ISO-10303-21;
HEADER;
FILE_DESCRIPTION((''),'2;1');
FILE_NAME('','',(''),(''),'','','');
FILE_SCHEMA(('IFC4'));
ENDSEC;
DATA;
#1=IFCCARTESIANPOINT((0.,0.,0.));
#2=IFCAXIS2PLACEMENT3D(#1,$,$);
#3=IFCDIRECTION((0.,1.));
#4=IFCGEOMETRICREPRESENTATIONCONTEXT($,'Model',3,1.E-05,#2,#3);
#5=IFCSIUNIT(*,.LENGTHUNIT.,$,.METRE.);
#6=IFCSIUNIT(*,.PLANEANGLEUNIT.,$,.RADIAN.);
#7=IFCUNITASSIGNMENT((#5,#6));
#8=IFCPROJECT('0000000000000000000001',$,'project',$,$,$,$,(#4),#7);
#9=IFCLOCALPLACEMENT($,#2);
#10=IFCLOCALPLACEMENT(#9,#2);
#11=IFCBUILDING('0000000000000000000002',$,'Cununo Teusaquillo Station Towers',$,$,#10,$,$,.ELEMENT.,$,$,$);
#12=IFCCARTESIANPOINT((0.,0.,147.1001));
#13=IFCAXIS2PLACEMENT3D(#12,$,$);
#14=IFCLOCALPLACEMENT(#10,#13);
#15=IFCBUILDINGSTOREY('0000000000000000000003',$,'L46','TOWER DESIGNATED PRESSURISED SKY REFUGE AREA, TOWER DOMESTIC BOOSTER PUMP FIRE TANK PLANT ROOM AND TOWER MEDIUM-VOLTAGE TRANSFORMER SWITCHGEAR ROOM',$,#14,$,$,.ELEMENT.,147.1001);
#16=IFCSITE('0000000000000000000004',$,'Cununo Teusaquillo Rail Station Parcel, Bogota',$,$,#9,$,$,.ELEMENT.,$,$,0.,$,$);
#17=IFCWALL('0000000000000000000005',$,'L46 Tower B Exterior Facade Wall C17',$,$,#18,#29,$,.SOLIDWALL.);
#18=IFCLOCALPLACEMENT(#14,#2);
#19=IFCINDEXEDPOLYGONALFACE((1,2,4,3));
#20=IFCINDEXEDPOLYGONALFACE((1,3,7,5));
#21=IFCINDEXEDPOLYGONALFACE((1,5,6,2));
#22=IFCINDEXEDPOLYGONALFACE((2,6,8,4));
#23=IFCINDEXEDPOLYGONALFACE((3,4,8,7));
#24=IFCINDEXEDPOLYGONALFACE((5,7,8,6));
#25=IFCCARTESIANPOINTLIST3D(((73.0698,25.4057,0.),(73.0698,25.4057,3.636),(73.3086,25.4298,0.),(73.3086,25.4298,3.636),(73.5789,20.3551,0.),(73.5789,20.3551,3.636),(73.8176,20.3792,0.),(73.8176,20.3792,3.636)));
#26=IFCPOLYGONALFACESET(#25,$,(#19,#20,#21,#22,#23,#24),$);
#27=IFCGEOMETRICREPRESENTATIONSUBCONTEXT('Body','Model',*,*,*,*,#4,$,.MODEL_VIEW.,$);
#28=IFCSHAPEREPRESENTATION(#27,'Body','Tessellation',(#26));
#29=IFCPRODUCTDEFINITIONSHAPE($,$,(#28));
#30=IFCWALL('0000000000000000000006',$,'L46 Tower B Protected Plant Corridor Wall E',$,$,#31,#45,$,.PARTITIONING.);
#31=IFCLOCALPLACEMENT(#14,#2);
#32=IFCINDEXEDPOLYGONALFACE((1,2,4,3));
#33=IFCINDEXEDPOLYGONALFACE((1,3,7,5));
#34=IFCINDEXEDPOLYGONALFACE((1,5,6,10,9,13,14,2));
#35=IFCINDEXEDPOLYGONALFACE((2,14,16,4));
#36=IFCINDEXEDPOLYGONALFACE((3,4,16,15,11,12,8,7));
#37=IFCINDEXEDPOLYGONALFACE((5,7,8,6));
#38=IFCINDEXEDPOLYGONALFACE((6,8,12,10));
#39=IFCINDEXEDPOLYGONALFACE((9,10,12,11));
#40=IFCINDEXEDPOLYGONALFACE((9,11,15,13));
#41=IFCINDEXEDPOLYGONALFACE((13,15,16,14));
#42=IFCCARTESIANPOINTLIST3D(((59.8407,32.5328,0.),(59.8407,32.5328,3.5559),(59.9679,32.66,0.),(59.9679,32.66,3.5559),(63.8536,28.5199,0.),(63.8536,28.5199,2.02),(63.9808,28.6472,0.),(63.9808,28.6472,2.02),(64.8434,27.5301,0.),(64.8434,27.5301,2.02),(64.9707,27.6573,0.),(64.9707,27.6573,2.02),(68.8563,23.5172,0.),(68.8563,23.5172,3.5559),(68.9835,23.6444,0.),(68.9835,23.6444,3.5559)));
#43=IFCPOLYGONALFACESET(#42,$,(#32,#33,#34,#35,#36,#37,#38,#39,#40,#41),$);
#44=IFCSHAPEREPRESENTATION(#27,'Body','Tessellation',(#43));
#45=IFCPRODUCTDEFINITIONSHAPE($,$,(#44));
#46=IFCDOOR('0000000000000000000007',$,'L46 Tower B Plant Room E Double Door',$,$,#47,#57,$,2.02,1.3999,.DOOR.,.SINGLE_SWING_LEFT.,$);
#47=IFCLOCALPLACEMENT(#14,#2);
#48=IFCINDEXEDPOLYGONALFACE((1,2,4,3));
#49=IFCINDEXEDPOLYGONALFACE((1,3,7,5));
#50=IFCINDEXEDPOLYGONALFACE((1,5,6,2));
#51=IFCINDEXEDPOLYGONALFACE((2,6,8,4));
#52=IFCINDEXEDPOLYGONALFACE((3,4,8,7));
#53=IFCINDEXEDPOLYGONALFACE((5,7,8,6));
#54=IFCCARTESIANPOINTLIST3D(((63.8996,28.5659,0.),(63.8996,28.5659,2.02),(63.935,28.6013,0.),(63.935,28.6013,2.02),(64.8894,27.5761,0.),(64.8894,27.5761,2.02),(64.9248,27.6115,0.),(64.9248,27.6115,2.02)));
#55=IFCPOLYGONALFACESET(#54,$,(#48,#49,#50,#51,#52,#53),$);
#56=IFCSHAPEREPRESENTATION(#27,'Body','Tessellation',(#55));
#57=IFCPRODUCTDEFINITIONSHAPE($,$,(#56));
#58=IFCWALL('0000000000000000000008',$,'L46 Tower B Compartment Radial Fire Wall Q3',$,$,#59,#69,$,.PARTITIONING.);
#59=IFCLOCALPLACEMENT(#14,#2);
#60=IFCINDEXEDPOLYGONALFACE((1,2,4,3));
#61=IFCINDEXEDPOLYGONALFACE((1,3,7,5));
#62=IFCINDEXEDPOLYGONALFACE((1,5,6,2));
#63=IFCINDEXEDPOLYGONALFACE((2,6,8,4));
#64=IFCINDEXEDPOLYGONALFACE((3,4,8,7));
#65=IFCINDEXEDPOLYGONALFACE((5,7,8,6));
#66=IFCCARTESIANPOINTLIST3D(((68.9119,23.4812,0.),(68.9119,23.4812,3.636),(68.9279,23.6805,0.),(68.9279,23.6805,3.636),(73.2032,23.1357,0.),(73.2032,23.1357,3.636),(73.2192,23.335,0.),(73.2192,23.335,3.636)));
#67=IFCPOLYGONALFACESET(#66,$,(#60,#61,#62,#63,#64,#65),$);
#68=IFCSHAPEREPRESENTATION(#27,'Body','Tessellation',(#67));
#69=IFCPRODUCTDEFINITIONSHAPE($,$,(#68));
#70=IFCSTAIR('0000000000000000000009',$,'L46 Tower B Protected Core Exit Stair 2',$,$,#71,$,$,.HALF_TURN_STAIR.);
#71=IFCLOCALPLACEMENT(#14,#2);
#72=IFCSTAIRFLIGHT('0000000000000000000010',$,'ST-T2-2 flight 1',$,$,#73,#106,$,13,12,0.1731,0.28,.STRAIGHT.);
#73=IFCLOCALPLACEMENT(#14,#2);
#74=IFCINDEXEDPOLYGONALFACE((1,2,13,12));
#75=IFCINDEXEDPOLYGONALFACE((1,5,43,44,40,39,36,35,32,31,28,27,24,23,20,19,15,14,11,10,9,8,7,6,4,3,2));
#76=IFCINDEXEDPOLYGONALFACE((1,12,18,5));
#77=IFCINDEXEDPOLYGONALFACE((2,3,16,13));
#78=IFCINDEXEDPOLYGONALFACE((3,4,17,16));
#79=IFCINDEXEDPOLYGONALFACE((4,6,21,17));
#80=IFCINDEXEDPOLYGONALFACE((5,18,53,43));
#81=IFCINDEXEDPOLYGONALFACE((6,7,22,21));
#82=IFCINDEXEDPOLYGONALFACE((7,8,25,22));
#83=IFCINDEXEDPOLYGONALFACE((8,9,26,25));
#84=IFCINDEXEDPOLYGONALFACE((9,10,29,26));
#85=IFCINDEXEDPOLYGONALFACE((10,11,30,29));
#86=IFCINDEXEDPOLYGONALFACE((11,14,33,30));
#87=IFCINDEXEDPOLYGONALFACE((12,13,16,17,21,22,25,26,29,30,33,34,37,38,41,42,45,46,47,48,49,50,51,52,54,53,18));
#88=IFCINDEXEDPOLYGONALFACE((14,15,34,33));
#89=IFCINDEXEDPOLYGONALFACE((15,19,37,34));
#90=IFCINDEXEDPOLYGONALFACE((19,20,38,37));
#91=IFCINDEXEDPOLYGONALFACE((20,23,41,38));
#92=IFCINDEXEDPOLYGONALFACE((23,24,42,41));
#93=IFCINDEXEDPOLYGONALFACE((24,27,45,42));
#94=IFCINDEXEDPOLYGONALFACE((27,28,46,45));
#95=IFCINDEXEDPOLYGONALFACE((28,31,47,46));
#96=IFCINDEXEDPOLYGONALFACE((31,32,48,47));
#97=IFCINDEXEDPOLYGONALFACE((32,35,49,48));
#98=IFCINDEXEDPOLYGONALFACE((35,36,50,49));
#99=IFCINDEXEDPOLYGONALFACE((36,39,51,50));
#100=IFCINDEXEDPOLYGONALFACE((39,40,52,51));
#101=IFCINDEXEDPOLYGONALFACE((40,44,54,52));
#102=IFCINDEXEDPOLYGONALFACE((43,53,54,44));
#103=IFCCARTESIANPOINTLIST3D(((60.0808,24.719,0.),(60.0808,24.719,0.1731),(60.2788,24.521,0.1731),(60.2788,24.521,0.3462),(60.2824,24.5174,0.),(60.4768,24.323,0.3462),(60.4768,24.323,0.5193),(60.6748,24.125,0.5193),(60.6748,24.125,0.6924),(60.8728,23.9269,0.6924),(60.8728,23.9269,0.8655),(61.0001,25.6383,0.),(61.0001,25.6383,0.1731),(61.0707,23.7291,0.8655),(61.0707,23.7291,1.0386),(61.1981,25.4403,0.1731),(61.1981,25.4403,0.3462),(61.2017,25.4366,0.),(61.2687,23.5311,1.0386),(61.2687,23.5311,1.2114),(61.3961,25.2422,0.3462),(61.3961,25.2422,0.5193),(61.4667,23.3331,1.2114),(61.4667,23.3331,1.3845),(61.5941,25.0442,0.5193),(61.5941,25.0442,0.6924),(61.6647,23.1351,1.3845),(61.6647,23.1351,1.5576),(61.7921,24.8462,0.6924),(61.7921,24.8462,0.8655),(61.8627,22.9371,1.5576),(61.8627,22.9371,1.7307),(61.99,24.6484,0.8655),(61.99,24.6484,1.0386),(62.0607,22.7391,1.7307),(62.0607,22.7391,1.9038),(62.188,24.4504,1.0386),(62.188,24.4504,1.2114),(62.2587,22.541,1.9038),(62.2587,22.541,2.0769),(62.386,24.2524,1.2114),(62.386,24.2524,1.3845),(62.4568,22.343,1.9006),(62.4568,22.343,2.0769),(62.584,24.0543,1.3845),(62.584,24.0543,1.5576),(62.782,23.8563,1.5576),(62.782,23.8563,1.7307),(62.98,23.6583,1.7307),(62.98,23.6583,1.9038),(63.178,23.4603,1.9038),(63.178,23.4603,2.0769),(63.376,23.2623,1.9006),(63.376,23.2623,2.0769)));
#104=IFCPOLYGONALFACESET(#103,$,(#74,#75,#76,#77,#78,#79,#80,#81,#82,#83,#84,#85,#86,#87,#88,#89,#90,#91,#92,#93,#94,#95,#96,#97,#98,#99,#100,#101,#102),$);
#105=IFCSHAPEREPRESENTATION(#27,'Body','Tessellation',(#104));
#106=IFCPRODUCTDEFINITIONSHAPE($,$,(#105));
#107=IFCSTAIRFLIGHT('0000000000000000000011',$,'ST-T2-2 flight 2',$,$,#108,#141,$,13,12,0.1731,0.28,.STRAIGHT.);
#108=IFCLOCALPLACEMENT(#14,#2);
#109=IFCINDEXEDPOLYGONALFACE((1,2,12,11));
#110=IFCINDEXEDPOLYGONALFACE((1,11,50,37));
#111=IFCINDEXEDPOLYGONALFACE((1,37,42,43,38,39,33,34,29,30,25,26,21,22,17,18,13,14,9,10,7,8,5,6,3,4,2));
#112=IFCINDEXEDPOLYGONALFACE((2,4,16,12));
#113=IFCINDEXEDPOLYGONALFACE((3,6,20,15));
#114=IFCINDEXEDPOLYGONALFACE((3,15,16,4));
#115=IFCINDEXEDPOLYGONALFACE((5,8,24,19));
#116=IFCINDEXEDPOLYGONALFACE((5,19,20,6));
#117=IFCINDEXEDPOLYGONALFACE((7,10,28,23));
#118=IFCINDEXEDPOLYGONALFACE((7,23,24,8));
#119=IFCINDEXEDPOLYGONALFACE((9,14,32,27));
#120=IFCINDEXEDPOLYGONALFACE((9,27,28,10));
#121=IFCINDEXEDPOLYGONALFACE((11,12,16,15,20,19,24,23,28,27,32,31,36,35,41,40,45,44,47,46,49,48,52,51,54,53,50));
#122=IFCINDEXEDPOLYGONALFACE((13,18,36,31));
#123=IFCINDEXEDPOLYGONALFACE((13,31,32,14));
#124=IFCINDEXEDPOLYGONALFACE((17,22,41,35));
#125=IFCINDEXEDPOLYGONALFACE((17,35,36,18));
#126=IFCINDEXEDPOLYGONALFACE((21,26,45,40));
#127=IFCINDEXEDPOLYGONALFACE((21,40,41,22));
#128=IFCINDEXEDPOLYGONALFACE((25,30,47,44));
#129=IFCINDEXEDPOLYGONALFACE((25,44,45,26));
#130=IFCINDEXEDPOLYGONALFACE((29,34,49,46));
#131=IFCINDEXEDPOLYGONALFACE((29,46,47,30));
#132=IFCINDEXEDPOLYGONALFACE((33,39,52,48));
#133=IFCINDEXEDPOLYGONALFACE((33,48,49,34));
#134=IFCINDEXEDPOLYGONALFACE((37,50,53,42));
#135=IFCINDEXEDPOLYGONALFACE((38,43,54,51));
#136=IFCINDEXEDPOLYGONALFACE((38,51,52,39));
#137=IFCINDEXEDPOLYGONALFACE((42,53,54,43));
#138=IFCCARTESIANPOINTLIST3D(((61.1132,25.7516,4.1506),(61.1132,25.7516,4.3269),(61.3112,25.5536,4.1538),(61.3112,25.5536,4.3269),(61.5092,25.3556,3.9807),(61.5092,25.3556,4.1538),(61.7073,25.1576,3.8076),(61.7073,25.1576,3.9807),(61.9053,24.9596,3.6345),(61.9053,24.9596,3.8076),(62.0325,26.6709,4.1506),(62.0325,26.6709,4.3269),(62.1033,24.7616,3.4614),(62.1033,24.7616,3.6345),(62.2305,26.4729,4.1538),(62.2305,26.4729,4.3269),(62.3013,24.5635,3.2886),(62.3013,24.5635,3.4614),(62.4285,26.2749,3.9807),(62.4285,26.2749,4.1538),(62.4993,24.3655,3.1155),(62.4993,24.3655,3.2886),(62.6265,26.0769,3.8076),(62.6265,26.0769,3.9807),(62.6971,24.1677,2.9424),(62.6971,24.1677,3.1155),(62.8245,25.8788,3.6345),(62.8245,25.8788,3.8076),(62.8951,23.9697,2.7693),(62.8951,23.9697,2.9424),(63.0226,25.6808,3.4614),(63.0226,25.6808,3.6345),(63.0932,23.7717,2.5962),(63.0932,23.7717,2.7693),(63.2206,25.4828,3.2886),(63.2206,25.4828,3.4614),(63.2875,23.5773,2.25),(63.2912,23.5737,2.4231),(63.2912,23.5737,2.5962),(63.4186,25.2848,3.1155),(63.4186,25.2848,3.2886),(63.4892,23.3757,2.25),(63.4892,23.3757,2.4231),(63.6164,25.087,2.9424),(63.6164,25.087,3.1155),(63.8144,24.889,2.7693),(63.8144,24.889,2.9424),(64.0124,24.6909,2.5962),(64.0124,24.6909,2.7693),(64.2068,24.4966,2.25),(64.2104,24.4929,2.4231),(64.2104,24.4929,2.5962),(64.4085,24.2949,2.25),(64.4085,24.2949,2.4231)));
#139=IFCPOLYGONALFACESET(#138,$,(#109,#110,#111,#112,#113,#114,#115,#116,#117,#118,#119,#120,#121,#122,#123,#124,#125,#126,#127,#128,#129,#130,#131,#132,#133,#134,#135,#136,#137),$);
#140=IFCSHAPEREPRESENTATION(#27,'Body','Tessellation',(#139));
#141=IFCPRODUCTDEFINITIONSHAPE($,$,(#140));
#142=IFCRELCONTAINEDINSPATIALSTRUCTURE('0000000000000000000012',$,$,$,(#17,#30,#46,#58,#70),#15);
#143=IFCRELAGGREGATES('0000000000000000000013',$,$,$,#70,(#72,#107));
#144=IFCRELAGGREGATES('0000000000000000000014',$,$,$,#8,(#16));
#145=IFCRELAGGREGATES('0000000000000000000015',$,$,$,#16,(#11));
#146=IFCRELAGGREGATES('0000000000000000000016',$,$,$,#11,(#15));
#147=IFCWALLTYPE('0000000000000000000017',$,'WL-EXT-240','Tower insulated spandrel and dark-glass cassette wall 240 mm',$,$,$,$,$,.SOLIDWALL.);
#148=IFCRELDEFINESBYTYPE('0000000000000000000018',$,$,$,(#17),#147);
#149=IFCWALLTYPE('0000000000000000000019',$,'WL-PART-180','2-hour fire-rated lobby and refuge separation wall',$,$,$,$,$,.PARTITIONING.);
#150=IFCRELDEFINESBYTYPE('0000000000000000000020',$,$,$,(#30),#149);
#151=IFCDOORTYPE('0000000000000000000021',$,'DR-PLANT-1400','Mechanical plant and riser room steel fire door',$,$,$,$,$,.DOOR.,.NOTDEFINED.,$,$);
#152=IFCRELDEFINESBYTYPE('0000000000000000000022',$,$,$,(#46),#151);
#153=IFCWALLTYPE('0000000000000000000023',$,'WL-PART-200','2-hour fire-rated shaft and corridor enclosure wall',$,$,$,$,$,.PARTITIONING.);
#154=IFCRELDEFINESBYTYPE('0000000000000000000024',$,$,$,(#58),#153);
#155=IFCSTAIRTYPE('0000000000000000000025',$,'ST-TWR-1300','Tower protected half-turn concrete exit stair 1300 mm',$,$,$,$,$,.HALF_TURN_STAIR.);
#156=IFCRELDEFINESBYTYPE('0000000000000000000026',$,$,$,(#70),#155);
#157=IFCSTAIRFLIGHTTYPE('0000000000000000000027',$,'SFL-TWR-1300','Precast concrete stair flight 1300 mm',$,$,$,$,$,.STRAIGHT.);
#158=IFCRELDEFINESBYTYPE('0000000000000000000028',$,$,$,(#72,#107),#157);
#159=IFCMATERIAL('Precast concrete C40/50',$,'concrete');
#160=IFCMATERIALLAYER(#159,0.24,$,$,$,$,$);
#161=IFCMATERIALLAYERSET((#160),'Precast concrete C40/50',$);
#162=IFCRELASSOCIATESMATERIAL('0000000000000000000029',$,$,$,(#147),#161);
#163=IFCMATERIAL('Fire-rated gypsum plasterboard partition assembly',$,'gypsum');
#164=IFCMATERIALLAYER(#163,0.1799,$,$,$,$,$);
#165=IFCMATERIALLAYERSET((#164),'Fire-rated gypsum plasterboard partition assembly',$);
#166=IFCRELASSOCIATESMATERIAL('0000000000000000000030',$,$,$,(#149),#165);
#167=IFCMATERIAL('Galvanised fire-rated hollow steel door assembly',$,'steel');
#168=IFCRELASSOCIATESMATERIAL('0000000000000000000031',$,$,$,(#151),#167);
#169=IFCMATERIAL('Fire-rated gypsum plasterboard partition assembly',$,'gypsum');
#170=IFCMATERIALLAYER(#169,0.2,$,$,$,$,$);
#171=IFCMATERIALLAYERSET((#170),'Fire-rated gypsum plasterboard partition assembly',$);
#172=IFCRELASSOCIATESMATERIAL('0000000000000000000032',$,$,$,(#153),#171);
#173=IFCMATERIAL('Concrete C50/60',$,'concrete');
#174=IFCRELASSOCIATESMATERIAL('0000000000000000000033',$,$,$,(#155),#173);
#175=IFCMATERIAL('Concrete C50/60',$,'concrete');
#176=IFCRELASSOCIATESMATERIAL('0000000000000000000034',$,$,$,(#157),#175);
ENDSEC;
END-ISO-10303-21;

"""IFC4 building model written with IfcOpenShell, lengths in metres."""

from ifc_helpers import new_model, si_unit, direction, frame, frame_2d, origin, place, context, subcontext, project, spatial, polyline, rectangle, outline, extrude, source, transform, mapped, material, layer, layer_set, type_object, element, fill, aggregate, save


model = new_model("IFC4")

# Units and contexts
model_context = context("Model", 3, precision=1e-05, world=origin(), true_north=direction((0.0, 1.0)))
body_context = subcontext(model_context, "Body", "Model", "MODEL_VIEW")
ifc_project = project(units=[si_unit("LENGTHUNIT", "METRE"), si_unit("PLANEANGLEUNIT", "RADIAN")], contexts=[model_context])

# Site, building, storey
site_placement = place(None, origin())
site = spatial("IfcSite", under=ifc_project, at=site_placement, Name="Cununo Teusaquillo Rail Station Parcel, Bogota", CompositionType="ELEMENT", RefElevation=0.0)
building_placement = place(site_placement, origin())
building = spatial("IfcBuilding", under=site, at=building_placement, Name="Cununo Teusaquillo Station Towers", CompositionType="ELEMENT")
storey_placement = place(building_placement, frame((0.0, 0.0, 147.1001)))
storey = spatial("IfcBuildingStorey", under=building, at=storey_placement, Name="L46", Description="TOWER DESIGNATED PRESSURISED SKY REFUGE AREA, TOWER DOMESTIC BOOSTER PUMP FIRE TANK PLANT ROOM AND TOWER MEDIUM-VOLTAGE TRANSFORMER SWITCHGEAR ROOM", CompositionType="ELEMENT", Elevation=147.1001)

# Wall
ifc_material_1 = material(Name="Precast concrete C40/50", Category="concrete")
ifc_layer_1 = layer(ifc_material_1, 0.24)
ifc_layer_set_1 = layer_set([ifc_layer_1], Name="Precast concrete C40/50")
wall_type_1 = type_object("IfcWallType", Name="WL-EXT-240", Description="Tower insulated spandrel and dark-glass cassette wall 240 mm", PredefinedType="SOLIDWALL", material=ifc_layer_set_1)
wall_1_placement = place(storey_placement, frame((73.1892, 25.4177, 0.0), z_axis=(0.0, 0.0, 1.0), x_axis=(0.10028, -0.994959, 0.0)))
element("IfcWall", 1, at=wall_1_placement, inside=storey, type_object=wall_type_1, Name="L46 Tower B Exterior Facade Wall C17", PredefinedType="SOLIDWALL", context=body_context, shape_type="SweptSolid", body=[
    extrude(rectangle(XDim=5.0762, YDim=0.24, at=frame_2d((2.5381, 0.0))), origin(), (0.0, 0.0, 1.0), 3.636),
])

# Wall, opening, door
ifc_material_2 = material(Name="Fire-rated gypsum plasterboard partition assembly", Category="gypsum")
ifc_layer_2 = layer(ifc_material_2, 0.1799)
ifc_layer_set_2 = layer_set([ifc_layer_2], Name="Fire-rated gypsum plasterboard partition assembly")
wall_type_2 = type_object("IfcWallType", Name="WL-PART-180", Description="2-hour fire-rated lobby and refuge separation wall", PredefinedType="PARTITIONING", material=ifc_layer_set_2)
wall_2_placement = place(storey_placement, frame((68.9199, 23.5808, 0.0), z_axis=(0.0, 0.0, 1.0), x_axis=(-0.707107, 0.707107, 0.0)))
wall_2 = element("IfcWall", 2, at=wall_2_placement, inside=storey, type_object=wall_type_2, Name="L46 Tower B Protected Plant Corridor Wall E", PredefinedType="PARTITIONING", context=body_context, shape_type="SweptSolid", body=[
    extrude(rectangle(XDim=12.75, YDim=0.1799, at=frame_2d((6.375, 0.0))), origin(), (0.0, 0.0, 1.0), 3.5559),
])
shared_shape_1 = source(origin(), body_context, "Body", "SweptSolid", [
    extrude(rectangle(XDim=1.3999, YDim=2.02, at=frame_2d((0.7, 1.01))), frame((0.0, 0.0999, 0.0), z_axis=(0.0, -1.0, 0.0), x_axis=(1.0, 0.0, 0.0)), (0.0, 0.0, 1.0), 0.2),
])
opening_placement = place(wall_2_placement, frame((5.675, 0.0, 0.0)))
opening = element("IfcOpeningElement", 3, at=opening_placement, cuts=wall_2, PredefinedType="OPENING", context=body_context, shape_type="MappedRepresentation", body=[
    mapped(shared_shape_1, transform((0.0, 0.0, 0.0), x_axis=(1.0, 0.0, 0.0), y_axis=(0.0, 1.0, 0.0), z_axis=(0.0, 0.0, 1.0), scale=1.0)),
])
ifc_material_3 = material(Name="Galvanised fire-rated hollow steel door assembly", Category="steel")
door_type = type_object("IfcDoorType", Name="DR-PLANT-1400", Description="Mechanical plant and riser room steel fire door", OperationType="NOTDEFINED", PredefinedType="DOOR", material=ifc_material_3)
shared_shape_2 = source(origin(), body_context, "Body", "SweptSolid", [
    extrude(rectangle(XDim=1.3999, YDim=2.02, at=frame_2d((0.7, 1.01))), frame((0.0, 0.0249, 0.0), z_axis=(0.0, -1.0, 0.0), x_axis=(1.0, 0.0, 0.0)), (0.0, 0.0, 1.0), 0.05),
])
door_placement = place(opening_placement, origin())
door = element("IfcDoor", 4, at=door_placement, inside=storey, type_object=door_type, Name="L46 Tower B Plant Room E Double Door", OperationType="SINGLE_SWING_LEFT", OverallHeight=2.02, OverallWidth=1.3999, PredefinedType="DOOR", context=body_context, shape_type="MappedRepresentation", body=[
    mapped(shared_shape_2, transform((0.0, 0.0, 0.0), x_axis=(1.0, 0.0, 0.0), y_axis=(0.0, 1.0, 0.0), z_axis=(0.0, 0.0, 1.0), scale=1.0)),
])
fill(opening, door)

# Wall
ifc_material_4 = material(Name="Fire-rated gypsum plasterboard partition assembly", Category="gypsum")
ifc_layer_3 = layer(ifc_material_4, 0.2)
ifc_layer_set_3 = layer_set([ifc_layer_3], Name="Fire-rated gypsum plasterboard partition assembly")
wall_type_3 = type_object("IfcWallType", Name="WL-PART-200", Description="2-hour fire-rated shaft and corridor enclosure wall", PredefinedType="PARTITIONING", material=ifc_layer_set_3)
wall_3_placement = place(storey_placement, frame((68.9199, 23.5808, 0.0), z_axis=(0.0, 0.0, 1.0), x_axis=(0.996775, -0.080243, 0.0)))
element("IfcWall", 5, at=wall_3_placement, inside=storey, type_object=wall_type_3, Name="L46 Tower B Compartment Radial Fire Wall Q3", PredefinedType="PARTITIONING", context=body_context, shape_type="SweptSolid", body=[
    extrude(rectangle(XDim=4.3052, YDim=0.2, at=frame_2d((2.1526, 0.0))), origin(), (0.0, 0.0, 1.0), 3.636),
])

# Stair, stair flights
ifc_material_5 = material(Name="Concrete C50/60", Category="concrete")
stair_type = type_object("IfcStairType", Name="ST-TWR-1300", Description="Tower protected half-turn concrete exit stair 1300 mm", PredefinedType="HALF_TURN_STAIR", material=ifc_material_5)
stair_placement = place(storey_placement, origin())
stair = element("IfcStair", 6, at=stair_placement, inside=storey, type_object=stair_type, Name="L46 Tower B Protected Core Exit Stair 2", PredefinedType="HALF_TURN_STAIR")
ifc_material_6 = material(Name="Concrete C50/60", Category="concrete")
stair_flight_type = type_object("IfcStairFlightType", Name="SFL-TWR-1300", Description="Precast concrete stair flight 1300 mm", PredefinedType="STRAIGHT", material=ifc_material_6)
stair_flight_1_placement = place(storey_placement, frame((60.5405, 25.1787, 0.0), z_axis=(0.0, 0.0, 1.0), x_axis=(0.707107, -0.707107, 0.0)))
stair_flight_1 = element("IfcStairFlight", 7, at=stair_flight_1_placement, type_object=stair_flight_type, Name="ST-T2-2 flight 1", NumberOfRisers=13, NumberOfTreads=12, PredefinedType="STRAIGHT", RiserHeight=0.1731, TreadLength=0.28, context=body_context, shape_type="SweptSolid", body=[
    extrude(outline(polyline([(0.0, 0.0), (0.0, 0.1731), (0.28, 0.1731), (0.28, 0.3462), (0.5601, 0.3462), (0.5601, 0.5193), (0.8401, 0.5193), (0.8401, 0.6924), (1.1201, 0.6924), (1.1201, 0.8655), (1.3999, 0.8655), (1.3999, 1.0386), (1.6799, 1.0386), (1.6799, 1.2114), (1.96, 1.2114), (1.96, 1.3845), (2.24, 1.3845), (2.24, 1.5576), (2.52, 1.5576), (2.52, 1.7307), (2.8, 1.7307), (2.8, 1.9038), (3.0801, 1.9038), (3.0801, 2.0769), (3.3601, 2.0769), (3.3601, 2.25), (3.3601, 1.9006), (0.2852, 0.0), (0.0, 0.0)])), frame((0.0, 0.6499, 0.0), z_axis=(0.0, -1.0, 0.0), x_axis=(1.0, 0.0, 0.0)), (0.0, 0.0, 1.0), 1.3),
])
stair_flight_2_placement = place(storey_placement, frame((63.9487, 23.8352, 2.25), z_axis=(0.0, 0.0, 1.0), x_axis=(-0.707107, 0.707107, 0.0)))
stair_flight_2 = element("IfcStairFlight", 8, at=stair_flight_2_placement, type_object=stair_flight_type, Name="ST-T2-2 flight 2", NumberOfRisers=13, NumberOfTreads=12, PredefinedType="STRAIGHT", RiserHeight=0.1731, TreadLength=0.28, context=body_context, shape_type="SweptSolid", body=[
    extrude(outline(polyline([(0.0, 0.0), (0.0, 0.1731), (0.28, 0.1731), (0.28, 0.3462), (0.5601, 0.3462), (0.5601, 0.5193), (0.8401, 0.5193), (0.8401, 0.6924), (1.1201, 0.6924), (1.1201, 0.8655), (1.3999, 0.8655), (1.3999, 1.0386), (1.6799, 1.0386), (1.6799, 1.2114), (1.96, 1.2114), (1.96, 1.3845), (2.24, 1.3845), (2.24, 1.5576), (2.52, 1.5576), (2.52, 1.7307), (2.8, 1.7307), (2.8, 1.9038), (3.0801, 1.9038), (3.0801, 2.0769), (3.3601, 2.0769), (3.3601, 2.25), (3.3601, 1.9006), (0.2852, 0.0), (0.0, 0.0)])), frame((0.0, 0.6499, 0.0), z_axis=(0.0, -1.0, 0.0), x_axis=(1.0, 0.0, 0.0)), (0.0, 0.0, 1.0), 1.3),
])
aggregate(stair, [stair_flight_1, stair_flight_2])

save(model, "model.ifc")
